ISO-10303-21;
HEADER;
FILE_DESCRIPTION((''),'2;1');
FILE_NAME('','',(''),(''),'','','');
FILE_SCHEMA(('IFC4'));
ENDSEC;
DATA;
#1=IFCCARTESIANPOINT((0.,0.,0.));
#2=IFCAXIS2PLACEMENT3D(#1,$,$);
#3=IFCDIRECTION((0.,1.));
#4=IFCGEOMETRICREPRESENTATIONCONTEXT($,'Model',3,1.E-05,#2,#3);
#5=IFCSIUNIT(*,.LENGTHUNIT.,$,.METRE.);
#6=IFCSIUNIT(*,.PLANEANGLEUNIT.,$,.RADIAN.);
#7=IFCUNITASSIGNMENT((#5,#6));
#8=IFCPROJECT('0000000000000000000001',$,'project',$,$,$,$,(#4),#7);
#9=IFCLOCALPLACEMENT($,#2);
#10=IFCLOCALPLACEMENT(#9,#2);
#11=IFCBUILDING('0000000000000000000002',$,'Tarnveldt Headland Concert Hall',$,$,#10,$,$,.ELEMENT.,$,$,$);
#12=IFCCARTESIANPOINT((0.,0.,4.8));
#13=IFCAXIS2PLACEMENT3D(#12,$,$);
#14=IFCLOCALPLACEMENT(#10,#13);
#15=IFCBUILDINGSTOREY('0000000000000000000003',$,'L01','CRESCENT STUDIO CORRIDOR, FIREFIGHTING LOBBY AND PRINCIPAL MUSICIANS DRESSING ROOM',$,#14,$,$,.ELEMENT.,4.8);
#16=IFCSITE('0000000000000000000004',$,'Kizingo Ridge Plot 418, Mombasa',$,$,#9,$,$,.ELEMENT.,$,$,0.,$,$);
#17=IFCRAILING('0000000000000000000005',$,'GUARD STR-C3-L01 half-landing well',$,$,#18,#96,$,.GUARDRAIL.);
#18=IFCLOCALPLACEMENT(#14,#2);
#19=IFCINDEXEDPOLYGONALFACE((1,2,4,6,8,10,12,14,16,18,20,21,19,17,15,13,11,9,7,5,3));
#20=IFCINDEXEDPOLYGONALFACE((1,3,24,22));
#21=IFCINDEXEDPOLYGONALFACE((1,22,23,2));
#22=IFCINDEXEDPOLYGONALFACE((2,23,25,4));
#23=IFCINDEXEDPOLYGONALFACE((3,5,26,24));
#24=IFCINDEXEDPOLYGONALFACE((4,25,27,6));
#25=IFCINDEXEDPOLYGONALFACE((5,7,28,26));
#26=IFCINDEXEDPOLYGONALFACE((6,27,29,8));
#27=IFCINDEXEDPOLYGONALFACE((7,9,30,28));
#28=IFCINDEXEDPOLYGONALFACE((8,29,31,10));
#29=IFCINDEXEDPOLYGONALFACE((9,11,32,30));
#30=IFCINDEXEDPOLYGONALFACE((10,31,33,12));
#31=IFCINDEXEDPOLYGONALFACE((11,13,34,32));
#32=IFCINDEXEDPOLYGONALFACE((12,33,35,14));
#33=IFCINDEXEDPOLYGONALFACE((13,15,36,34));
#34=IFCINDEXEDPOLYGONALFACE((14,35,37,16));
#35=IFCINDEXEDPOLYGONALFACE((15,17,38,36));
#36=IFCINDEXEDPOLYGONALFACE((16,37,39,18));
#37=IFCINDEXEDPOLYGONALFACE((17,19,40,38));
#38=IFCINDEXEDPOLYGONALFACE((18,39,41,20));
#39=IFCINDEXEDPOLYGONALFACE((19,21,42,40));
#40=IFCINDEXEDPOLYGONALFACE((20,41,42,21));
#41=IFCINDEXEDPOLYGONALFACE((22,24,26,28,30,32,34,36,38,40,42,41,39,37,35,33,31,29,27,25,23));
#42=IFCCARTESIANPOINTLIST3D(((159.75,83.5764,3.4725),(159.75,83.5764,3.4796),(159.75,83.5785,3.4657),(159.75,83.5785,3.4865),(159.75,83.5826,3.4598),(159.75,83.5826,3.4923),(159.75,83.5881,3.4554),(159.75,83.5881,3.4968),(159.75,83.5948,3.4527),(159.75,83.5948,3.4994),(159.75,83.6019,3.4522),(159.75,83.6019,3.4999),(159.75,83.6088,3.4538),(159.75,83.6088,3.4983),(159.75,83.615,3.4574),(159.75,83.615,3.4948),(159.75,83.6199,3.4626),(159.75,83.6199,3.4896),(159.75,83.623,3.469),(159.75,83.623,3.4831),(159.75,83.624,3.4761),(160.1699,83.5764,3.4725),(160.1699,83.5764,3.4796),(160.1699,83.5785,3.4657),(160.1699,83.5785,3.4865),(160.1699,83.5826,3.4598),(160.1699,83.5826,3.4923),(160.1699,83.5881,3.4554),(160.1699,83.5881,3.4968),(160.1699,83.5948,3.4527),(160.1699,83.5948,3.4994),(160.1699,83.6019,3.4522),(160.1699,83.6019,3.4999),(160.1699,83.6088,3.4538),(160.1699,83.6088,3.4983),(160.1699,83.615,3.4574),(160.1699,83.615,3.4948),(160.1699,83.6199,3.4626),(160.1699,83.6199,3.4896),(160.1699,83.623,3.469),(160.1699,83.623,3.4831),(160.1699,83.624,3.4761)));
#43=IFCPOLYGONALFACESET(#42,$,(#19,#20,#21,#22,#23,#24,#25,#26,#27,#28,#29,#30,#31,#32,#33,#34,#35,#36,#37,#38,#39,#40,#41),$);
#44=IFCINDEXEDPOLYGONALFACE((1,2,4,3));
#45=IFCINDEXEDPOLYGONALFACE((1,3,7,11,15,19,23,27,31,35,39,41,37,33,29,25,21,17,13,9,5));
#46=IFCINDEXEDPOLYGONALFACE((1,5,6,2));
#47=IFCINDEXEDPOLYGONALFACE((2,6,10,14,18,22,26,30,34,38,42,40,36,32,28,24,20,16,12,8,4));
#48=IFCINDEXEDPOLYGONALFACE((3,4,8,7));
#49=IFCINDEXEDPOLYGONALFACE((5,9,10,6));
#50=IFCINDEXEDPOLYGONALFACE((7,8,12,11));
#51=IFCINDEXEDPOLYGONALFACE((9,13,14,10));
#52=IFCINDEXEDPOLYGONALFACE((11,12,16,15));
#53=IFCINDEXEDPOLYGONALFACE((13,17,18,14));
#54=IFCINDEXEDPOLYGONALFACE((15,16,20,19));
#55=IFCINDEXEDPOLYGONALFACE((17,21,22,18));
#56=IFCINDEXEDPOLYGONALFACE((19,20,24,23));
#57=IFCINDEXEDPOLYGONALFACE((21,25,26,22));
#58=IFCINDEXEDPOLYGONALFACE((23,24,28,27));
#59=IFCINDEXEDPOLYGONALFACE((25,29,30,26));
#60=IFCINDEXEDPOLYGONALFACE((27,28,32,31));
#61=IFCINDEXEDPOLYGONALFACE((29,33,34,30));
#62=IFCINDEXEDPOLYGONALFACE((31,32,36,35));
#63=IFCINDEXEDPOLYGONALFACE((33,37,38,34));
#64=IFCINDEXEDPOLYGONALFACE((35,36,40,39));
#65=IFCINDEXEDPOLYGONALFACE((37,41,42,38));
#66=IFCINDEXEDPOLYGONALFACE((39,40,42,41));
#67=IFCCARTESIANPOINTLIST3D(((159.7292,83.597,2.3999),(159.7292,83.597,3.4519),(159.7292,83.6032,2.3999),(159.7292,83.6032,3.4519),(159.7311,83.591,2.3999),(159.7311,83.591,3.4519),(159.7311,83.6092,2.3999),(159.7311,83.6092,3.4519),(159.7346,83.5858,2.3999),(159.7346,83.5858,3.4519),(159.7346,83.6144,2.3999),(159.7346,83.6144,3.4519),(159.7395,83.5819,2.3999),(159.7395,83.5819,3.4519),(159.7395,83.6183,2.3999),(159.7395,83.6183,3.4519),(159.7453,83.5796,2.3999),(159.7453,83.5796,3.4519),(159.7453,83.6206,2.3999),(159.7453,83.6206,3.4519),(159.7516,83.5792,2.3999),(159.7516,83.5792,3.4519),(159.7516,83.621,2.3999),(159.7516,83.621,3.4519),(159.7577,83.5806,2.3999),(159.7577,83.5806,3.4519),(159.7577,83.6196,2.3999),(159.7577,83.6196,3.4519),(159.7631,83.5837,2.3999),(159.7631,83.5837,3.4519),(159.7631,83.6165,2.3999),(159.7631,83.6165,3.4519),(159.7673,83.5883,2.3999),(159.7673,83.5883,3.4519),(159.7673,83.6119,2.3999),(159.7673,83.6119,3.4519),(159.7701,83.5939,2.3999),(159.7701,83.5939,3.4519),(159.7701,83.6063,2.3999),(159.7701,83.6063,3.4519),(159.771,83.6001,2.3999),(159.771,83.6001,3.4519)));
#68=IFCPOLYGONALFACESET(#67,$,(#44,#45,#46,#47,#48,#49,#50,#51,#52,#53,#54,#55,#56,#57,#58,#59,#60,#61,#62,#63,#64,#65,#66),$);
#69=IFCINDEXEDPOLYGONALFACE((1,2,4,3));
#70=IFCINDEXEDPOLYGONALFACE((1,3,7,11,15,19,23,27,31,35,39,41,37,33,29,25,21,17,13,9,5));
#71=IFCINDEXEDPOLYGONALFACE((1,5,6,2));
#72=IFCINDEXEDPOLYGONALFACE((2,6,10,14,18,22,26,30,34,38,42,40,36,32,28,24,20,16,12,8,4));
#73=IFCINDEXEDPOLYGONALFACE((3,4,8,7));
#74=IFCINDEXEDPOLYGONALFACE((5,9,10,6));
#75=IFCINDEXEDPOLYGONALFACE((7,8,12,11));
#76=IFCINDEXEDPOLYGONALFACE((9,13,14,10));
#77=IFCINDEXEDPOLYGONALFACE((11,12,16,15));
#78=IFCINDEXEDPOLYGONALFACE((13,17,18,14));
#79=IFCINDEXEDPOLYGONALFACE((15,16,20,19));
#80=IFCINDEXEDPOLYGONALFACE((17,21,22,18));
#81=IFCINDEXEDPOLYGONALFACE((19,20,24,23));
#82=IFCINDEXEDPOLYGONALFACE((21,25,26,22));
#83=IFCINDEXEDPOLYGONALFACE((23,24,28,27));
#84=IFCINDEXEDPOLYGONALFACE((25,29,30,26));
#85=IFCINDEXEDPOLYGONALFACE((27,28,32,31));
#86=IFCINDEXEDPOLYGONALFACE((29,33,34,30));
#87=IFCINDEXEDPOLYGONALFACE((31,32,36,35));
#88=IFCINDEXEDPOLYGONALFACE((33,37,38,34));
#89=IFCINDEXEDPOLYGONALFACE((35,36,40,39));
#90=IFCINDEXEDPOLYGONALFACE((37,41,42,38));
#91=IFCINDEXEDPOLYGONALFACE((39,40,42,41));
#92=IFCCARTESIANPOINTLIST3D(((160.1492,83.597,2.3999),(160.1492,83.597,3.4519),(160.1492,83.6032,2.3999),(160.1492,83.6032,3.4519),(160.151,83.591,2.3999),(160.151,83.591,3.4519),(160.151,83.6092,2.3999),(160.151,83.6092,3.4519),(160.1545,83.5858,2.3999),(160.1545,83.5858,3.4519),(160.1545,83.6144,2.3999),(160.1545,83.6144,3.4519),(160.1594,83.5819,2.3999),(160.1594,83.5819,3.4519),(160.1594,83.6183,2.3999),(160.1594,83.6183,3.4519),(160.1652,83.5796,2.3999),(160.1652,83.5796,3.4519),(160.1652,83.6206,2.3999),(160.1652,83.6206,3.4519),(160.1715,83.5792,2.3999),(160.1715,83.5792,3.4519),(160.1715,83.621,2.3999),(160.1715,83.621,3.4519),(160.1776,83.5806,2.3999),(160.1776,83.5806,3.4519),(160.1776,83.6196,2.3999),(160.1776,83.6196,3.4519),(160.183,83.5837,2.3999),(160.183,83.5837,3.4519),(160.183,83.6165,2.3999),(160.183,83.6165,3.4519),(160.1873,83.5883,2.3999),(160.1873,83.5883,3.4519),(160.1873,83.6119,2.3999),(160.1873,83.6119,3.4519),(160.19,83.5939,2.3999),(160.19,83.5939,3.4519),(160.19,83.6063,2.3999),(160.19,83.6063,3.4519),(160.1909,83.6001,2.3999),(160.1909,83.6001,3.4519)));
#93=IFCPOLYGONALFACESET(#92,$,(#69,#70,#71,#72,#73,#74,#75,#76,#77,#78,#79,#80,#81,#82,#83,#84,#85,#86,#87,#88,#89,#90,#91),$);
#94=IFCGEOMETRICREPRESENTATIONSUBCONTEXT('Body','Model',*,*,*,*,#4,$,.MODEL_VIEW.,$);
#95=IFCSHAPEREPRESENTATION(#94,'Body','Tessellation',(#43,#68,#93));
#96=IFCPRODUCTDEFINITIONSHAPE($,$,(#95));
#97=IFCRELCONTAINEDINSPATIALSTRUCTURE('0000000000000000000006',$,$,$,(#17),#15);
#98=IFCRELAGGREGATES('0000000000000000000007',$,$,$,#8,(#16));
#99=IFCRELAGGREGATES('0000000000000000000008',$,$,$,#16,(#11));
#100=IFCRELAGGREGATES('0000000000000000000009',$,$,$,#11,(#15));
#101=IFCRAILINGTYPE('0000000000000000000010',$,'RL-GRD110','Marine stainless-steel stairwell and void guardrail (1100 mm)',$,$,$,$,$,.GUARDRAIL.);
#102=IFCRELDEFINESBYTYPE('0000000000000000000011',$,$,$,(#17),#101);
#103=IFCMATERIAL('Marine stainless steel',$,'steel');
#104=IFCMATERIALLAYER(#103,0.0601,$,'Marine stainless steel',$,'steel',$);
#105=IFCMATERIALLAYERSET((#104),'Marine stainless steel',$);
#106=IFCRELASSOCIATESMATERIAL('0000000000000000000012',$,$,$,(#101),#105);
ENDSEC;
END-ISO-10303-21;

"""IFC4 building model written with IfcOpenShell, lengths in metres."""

from ifc_helpers import new_model, si_unit, direction, frame, origin, origin_2d, place, context, subcontext, project, spatial, circle, extrude, material, layer, layer_set, type_object, element, save


model = new_model("IFC4")

# Units and contexts
model_context = context("Model", 3, precision=1e-05, world=origin(), true_north=direction((0.0, 1.0)))
body_context = subcontext(model_context, "Body", "Model", "MODEL_VIEW")
ifc_project = project(units=[si_unit("LENGTHUNIT", "METRE"), si_unit("PLANEANGLEUNIT", "RADIAN")], contexts=[model_context])

# Site, building, storey
site_placement = place(None, origin())
site = spatial("IfcSite", under=ifc_project, at=site_placement, Name="Kizingo Ridge Plot 418, Mombasa", CompositionType="ELEMENT", RefElevation=0.0)
building_placement = place(site_placement, origin())
building = spatial("IfcBuilding", under=site, at=building_placement, Name="Tarnveldt Headland Concert Hall", CompositionType="ELEMENT")
storey_placement = place(building_placement, frame((0.0, 0.0, 4.8)))
storey = spatial("IfcBuildingStorey", under=building, at=storey_placement, Name="L01", Description="CRESCENT STUDIO CORRIDOR, FIREFIGHTING LOBBY AND PRINCIPAL MUSICIANS DRESSING ROOM", CompositionType="ELEMENT", Elevation=4.8)

# Railing
ifc_material_1 = material(Name="Marine stainless steel", Category="steel")
ifc_layer_1 = layer(ifc_material_1, 0.0601, Name="Marine stainless steel", Category="steel")
ifc_layer_set_1 = layer_set([ifc_layer_1], Name="Marine stainless steel")
railing_type_1 = type_object("IfcRailingType", Name="RL-GRD110", Description="Marine stainless-steel stairwell and void guardrail (1100 mm)", PredefinedType="GUARDRAIL", material=ifc_layer_set_1)
railing_1_placement = place(storey_placement, frame((159.75, 83.6001, 2.3999)))
element("IfcRailing", 1, at=railing_1_placement, inside=storey, type_object=railing_type_1, Name="GUARD STR-C3-L01 half-landing well", PredefinedType="GUARDRAIL", context=body_context, shape_type="SweptSolid", body=[
    extrude(circle(Radius=0.0239, at=origin_2d()), frame((0.0, 0.0, 1.0762), z_axis=(1.0, 0.0, 0.0), x_axis=(0.0, 1.0, 0.0)), (0.0, 0.0, 1.0), 0.4199),
    extrude(circle(Radius=0.021, at=origin_2d()), origin(), (0.0, 0.0, 1.0), 1.052),
    extrude(circle(Radius=0.021, at=origin_2d()), frame((0.4199, 0.0, 0.0)), (0.0, 0.0, 1.0), 1.052),
])

save(model, "model.ifc")
